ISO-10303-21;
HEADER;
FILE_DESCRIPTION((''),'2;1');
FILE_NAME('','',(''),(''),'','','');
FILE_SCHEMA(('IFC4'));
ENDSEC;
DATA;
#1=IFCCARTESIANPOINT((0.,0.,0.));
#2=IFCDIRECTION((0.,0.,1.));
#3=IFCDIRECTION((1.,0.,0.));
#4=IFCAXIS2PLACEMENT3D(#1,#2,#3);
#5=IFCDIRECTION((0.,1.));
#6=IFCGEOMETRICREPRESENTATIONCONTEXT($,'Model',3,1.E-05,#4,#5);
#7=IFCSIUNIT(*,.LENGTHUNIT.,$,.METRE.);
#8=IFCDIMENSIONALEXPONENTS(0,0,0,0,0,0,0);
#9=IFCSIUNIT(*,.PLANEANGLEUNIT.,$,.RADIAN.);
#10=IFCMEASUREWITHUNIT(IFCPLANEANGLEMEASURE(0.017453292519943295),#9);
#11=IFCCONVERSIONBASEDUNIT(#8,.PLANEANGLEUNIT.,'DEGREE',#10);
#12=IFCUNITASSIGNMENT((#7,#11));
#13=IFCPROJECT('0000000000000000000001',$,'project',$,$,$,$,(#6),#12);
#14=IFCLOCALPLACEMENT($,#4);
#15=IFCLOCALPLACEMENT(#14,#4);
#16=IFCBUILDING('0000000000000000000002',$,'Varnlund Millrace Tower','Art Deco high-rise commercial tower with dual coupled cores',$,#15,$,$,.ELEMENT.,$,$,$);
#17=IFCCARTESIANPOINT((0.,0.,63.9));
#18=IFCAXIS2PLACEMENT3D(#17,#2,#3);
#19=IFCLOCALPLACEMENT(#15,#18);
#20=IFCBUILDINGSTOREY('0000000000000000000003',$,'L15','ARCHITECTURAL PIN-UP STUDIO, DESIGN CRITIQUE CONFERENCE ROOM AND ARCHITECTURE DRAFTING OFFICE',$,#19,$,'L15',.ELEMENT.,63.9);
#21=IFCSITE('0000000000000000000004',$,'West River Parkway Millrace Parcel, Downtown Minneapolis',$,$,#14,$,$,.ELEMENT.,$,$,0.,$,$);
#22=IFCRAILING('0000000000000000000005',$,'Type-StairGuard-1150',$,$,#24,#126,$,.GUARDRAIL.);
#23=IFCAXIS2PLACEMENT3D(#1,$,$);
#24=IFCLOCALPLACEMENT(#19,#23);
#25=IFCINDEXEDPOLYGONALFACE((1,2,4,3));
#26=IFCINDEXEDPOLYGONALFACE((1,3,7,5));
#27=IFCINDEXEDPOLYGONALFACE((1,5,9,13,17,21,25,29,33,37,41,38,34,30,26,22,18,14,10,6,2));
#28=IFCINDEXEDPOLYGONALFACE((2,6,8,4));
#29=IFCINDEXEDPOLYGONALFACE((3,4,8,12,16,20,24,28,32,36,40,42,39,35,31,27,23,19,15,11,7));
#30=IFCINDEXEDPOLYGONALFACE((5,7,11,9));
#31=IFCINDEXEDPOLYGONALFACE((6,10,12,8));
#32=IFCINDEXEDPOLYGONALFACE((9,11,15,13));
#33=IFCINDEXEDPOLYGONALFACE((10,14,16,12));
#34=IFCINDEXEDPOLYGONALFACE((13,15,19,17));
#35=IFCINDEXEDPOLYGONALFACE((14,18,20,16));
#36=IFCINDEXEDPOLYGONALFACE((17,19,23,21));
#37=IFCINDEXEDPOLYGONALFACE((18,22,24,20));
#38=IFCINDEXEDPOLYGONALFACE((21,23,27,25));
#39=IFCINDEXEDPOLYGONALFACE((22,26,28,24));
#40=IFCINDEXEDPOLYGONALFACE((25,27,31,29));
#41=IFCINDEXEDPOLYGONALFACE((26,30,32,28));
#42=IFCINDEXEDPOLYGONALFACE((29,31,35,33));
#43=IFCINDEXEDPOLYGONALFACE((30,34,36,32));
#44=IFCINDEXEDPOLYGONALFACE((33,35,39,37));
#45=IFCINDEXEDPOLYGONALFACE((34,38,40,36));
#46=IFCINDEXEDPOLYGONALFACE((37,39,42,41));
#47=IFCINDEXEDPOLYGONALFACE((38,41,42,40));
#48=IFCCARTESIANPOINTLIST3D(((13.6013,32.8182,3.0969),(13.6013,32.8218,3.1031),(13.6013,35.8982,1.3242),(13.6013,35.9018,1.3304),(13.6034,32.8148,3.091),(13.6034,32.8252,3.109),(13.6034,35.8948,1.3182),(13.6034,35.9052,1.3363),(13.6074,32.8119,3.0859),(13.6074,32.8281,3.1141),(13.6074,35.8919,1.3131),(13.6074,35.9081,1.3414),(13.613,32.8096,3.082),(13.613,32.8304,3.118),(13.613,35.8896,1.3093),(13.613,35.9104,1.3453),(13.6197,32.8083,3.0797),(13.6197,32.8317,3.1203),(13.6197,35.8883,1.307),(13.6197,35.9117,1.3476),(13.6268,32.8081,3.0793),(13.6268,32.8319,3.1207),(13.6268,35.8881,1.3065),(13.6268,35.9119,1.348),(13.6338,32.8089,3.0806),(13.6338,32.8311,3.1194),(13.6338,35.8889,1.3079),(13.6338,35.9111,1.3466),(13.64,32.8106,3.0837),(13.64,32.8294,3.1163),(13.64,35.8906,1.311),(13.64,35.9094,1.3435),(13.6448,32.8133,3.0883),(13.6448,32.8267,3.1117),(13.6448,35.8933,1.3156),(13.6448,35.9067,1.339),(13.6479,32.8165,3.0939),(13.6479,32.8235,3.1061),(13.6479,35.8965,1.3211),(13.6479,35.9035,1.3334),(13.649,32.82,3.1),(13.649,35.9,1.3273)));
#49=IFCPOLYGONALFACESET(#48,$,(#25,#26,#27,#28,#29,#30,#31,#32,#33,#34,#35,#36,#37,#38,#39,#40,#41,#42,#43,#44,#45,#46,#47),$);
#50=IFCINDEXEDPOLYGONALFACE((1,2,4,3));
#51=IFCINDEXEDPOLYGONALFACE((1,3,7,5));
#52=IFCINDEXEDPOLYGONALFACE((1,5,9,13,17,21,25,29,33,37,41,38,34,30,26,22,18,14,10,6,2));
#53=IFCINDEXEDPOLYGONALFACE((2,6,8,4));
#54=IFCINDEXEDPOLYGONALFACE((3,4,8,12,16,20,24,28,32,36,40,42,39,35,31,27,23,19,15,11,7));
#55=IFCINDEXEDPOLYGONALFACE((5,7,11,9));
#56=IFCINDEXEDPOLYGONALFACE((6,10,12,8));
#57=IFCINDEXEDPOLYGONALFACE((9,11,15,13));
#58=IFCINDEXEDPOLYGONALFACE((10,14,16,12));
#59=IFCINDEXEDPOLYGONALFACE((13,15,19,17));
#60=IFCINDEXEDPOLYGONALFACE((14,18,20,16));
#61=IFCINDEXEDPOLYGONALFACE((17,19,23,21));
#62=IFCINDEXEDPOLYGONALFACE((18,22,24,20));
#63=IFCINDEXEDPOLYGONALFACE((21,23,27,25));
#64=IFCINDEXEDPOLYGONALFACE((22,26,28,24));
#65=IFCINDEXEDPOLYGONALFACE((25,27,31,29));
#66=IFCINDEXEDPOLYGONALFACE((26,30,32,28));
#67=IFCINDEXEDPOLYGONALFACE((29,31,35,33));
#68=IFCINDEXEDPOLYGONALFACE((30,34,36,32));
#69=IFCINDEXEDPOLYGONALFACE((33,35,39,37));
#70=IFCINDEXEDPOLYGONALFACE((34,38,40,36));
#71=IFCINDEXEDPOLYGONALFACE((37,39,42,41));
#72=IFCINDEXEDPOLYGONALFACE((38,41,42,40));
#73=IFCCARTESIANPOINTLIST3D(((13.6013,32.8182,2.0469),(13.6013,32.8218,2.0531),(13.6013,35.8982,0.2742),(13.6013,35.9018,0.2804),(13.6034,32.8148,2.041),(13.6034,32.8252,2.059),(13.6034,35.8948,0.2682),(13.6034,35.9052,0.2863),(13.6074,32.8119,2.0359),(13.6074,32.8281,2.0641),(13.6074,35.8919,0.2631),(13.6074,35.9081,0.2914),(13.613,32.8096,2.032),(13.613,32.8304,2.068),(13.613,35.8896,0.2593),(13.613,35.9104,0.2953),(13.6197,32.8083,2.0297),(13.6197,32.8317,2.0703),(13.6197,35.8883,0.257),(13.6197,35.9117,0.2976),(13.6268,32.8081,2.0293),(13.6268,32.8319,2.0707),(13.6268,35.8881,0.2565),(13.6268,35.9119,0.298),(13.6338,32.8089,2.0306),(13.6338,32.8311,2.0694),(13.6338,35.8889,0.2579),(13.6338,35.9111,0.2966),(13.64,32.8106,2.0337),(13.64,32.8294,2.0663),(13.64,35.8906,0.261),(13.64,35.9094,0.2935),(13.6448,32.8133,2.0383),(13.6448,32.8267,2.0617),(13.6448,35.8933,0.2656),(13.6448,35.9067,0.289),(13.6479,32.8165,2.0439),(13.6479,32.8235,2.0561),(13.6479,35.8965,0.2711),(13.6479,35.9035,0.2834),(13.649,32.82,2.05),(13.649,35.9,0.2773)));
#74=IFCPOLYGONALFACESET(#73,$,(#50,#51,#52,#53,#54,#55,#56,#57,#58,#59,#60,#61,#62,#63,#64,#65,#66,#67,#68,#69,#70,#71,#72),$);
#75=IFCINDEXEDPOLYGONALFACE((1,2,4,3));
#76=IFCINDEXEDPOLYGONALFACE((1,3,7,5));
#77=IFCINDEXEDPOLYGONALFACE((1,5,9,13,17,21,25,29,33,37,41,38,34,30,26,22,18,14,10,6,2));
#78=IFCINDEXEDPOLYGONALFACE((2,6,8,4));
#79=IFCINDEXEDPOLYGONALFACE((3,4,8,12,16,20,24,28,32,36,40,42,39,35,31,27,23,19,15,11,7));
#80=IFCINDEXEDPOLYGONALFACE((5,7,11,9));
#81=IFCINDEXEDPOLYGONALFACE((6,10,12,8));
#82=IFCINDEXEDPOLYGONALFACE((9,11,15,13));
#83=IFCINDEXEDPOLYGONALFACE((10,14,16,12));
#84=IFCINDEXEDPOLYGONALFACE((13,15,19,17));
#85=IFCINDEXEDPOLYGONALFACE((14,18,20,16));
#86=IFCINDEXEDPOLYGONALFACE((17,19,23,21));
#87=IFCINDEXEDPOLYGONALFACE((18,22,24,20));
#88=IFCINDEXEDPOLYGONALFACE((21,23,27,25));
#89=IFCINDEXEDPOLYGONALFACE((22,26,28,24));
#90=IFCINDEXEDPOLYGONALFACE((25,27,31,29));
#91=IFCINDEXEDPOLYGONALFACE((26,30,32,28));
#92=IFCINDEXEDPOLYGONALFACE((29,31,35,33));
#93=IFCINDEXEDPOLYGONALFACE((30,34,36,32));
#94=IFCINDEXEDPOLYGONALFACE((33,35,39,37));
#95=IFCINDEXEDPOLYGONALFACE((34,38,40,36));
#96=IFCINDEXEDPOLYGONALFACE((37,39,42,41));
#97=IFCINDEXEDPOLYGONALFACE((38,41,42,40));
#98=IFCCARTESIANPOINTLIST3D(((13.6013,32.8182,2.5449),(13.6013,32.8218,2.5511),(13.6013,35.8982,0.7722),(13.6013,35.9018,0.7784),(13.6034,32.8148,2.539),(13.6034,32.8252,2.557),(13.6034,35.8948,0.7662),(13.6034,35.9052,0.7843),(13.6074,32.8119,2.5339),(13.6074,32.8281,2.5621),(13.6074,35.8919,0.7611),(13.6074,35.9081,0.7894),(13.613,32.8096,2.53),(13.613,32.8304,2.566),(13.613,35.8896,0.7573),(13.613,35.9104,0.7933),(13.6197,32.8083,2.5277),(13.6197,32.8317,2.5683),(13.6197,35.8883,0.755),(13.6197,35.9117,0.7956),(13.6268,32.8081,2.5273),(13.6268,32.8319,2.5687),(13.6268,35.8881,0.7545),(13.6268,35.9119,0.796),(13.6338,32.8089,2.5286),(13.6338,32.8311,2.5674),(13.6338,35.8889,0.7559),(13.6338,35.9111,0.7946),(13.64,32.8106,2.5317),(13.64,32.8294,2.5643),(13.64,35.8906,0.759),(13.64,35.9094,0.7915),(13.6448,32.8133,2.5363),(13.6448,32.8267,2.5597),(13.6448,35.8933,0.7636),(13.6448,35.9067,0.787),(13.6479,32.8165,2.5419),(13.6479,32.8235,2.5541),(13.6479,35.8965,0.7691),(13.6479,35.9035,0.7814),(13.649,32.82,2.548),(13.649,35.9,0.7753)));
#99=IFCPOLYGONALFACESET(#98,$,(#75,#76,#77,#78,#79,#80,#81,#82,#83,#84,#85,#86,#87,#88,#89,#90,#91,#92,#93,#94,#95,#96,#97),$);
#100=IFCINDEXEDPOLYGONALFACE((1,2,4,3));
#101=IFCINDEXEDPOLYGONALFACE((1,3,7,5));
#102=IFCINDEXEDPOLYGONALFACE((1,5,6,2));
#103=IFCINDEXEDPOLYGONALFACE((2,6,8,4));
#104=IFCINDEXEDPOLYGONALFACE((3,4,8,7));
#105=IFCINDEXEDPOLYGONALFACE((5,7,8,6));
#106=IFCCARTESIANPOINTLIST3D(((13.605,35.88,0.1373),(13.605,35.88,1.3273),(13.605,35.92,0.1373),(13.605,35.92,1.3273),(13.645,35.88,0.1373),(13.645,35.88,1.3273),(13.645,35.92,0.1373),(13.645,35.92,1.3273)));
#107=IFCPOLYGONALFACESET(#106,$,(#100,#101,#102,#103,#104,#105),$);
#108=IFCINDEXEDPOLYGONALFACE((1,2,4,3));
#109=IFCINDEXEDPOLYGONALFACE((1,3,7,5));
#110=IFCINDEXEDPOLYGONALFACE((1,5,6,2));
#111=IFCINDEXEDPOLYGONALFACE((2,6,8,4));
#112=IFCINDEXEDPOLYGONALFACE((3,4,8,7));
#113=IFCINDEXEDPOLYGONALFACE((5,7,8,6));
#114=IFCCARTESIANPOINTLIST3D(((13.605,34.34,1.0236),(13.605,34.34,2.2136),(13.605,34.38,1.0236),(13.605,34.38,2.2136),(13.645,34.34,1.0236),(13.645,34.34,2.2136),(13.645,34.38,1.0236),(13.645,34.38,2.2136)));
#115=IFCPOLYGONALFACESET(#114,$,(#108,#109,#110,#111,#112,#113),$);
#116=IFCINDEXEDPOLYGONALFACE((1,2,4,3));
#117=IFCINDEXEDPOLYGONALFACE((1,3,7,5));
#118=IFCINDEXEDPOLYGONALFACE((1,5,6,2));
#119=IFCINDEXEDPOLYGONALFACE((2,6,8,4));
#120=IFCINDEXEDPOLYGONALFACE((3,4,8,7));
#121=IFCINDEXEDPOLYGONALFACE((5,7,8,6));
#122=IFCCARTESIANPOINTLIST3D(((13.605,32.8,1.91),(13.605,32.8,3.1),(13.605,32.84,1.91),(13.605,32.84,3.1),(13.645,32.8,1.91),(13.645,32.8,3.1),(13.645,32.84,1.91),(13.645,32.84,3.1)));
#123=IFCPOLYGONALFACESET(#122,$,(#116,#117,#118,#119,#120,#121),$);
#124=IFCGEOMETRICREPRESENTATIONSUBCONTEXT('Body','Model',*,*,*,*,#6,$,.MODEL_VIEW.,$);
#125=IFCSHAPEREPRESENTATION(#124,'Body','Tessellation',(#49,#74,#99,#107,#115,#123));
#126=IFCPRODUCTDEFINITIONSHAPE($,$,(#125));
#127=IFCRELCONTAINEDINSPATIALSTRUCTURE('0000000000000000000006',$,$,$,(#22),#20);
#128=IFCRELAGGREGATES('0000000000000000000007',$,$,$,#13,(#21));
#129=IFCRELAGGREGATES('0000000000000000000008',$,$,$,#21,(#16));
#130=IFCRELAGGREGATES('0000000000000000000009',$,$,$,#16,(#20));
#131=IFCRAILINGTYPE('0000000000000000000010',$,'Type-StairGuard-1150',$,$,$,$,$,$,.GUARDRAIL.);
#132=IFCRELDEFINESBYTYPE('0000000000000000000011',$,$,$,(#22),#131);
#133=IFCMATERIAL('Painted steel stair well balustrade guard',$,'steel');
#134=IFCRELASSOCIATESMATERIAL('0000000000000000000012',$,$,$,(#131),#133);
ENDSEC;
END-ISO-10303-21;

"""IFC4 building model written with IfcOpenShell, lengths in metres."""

from ifc_helpers import new_model, entity, si_unit, converted_unit, direction, frame, origin_with_axes, origin_2d_with_axis, place, context, subcontext, project, spatial, rectangle, circle, extrude, material, type_object, element, save


model = new_model("IFC4")

# Units and contexts
model_context = context("Model", 3, precision=1e-05, world=origin_with_axes(), true_north=direction((0.0, 1.0)))
body_context = subcontext(model_context, "Body", "Model", "MODEL_VIEW")
ifc_project = project(units=[si_unit("LENGTHUNIT", "METRE"), converted_unit("PLANEANGLEUNIT", "DEGREE", entity("IfcPlaneAngleMeasure", 0.017453292519943295), si_unit("PLANEANGLEUNIT", "RADIAN"), dimensions=[0, 0, 0, 0, 0, 0, 0])], contexts=[model_context])

# Site, building, storey
site_placement = place(None, origin_with_axes())
site = spatial("IfcSite", under=ifc_project, at=site_placement, Name="West River Parkway Millrace Parcel, Downtown Minneapolis", CompositionType="ELEMENT", RefElevation=0.0)
building_placement = place(site_placement, origin_with_axes())
building = spatial("IfcBuilding", under=site, at=building_placement, Name="Varnlund Millrace Tower", Description="Art Deco high-rise commercial tower with dual coupled cores", CompositionType="ELEMENT")
storey_placement = place(building_placement, frame((0.0, 0.0, 63.9), z_axis=(0.0, 0.0, 1.0), x_axis=(1.0, 0.0, 0.0)))
storey = spatial("IfcBuildingStorey", under=building, at=storey_placement, Name="L15", Description="ARCHITECTURAL PIN-UP STUDIO, DESIGN CRITIQUE CONFERENCE ROOM AND ARCHITECTURE DRAFTING OFFICE", LongName="L15", CompositionType="ELEMENT", Elevation=63.9)

# Railing
ifc_material_1 = material(Name="Painted steel stair well balustrade guard", Category="steel")
railing_type_1 = type_object("IfcRailingType", Name="Type-StairGuard-1150", PredefinedType="GUARDRAIL", material=ifc_material_1)
railing_1_placement = place(storey_placement, frame((0.0, 0.0, -63.9), z_axis=(0.0, 0.0, 1.0), x_axis=(1.0, 0.0, 0.0)))
element("IfcRailing", 1, at=railing_1_placement, inside=storey, type_object=railing_type_1, Name="Type-StairGuard-1150", PredefinedType="GUARDRAIL", context=body_context, shape_type="SweptSolid", body=[
    extrude(circle(Radius=0.024, at=origin_2d_with_axis()), frame((13.625, 35.9, 65.2273), z_axis=(0.0, -0.866696, 0.498836), x_axis=(1.0, 0.0, 0.0)), (0.0, 0.0, 1.0), 3.5537),
    extrude(circle(Radius=0.024, at=origin_2d_with_axis()), frame((13.625, 35.9, 64.1773), z_axis=(0.0, -0.866696, 0.498836), x_axis=(1.0, 0.0, 0.0)), (0.0, 0.0, 1.0), 3.5537),
    extrude(circle(Radius=0.024, at=origin_2d_with_axis()), frame((13.625, 35.9, 64.6753), z_axis=(0.0, -0.866696, 0.498836), x_axis=(1.0, 0.0, 0.0)), (0.0, 0.0, 1.0), 3.5537),
    extrude(rectangle(XDim=0.04, YDim=0.04, at=origin_2d_with_axis()), frame((13.625, 35.9, 64.0373), z_axis=(0.0, 0.0, 1.0), x_axis=(1.0, 0.0, 0.0)), (0.0, 0.0, 1.0), 1.19),
    extrude(rectangle(XDim=0.04, YDim=0.04, at=origin_2d_with_axis()), frame((13.625, 34.36, 64.9236), z_axis=(0.0, 0.0, 1.0), x_axis=(1.0, 0.0, 0.0)), (0.0, 0.0, 1.0), 1.19),
    extrude(rectangle(XDim=0.04, YDim=0.04, at=origin_2d_with_axis()), frame((13.625, 32.82, 65.81), z_axis=(0.0, 0.0, 1.0), x_axis=(1.0, 0.0, 0.0)), (0.0, 0.0, 1.0), 1.19),
])

save(model, "model.ifc")
